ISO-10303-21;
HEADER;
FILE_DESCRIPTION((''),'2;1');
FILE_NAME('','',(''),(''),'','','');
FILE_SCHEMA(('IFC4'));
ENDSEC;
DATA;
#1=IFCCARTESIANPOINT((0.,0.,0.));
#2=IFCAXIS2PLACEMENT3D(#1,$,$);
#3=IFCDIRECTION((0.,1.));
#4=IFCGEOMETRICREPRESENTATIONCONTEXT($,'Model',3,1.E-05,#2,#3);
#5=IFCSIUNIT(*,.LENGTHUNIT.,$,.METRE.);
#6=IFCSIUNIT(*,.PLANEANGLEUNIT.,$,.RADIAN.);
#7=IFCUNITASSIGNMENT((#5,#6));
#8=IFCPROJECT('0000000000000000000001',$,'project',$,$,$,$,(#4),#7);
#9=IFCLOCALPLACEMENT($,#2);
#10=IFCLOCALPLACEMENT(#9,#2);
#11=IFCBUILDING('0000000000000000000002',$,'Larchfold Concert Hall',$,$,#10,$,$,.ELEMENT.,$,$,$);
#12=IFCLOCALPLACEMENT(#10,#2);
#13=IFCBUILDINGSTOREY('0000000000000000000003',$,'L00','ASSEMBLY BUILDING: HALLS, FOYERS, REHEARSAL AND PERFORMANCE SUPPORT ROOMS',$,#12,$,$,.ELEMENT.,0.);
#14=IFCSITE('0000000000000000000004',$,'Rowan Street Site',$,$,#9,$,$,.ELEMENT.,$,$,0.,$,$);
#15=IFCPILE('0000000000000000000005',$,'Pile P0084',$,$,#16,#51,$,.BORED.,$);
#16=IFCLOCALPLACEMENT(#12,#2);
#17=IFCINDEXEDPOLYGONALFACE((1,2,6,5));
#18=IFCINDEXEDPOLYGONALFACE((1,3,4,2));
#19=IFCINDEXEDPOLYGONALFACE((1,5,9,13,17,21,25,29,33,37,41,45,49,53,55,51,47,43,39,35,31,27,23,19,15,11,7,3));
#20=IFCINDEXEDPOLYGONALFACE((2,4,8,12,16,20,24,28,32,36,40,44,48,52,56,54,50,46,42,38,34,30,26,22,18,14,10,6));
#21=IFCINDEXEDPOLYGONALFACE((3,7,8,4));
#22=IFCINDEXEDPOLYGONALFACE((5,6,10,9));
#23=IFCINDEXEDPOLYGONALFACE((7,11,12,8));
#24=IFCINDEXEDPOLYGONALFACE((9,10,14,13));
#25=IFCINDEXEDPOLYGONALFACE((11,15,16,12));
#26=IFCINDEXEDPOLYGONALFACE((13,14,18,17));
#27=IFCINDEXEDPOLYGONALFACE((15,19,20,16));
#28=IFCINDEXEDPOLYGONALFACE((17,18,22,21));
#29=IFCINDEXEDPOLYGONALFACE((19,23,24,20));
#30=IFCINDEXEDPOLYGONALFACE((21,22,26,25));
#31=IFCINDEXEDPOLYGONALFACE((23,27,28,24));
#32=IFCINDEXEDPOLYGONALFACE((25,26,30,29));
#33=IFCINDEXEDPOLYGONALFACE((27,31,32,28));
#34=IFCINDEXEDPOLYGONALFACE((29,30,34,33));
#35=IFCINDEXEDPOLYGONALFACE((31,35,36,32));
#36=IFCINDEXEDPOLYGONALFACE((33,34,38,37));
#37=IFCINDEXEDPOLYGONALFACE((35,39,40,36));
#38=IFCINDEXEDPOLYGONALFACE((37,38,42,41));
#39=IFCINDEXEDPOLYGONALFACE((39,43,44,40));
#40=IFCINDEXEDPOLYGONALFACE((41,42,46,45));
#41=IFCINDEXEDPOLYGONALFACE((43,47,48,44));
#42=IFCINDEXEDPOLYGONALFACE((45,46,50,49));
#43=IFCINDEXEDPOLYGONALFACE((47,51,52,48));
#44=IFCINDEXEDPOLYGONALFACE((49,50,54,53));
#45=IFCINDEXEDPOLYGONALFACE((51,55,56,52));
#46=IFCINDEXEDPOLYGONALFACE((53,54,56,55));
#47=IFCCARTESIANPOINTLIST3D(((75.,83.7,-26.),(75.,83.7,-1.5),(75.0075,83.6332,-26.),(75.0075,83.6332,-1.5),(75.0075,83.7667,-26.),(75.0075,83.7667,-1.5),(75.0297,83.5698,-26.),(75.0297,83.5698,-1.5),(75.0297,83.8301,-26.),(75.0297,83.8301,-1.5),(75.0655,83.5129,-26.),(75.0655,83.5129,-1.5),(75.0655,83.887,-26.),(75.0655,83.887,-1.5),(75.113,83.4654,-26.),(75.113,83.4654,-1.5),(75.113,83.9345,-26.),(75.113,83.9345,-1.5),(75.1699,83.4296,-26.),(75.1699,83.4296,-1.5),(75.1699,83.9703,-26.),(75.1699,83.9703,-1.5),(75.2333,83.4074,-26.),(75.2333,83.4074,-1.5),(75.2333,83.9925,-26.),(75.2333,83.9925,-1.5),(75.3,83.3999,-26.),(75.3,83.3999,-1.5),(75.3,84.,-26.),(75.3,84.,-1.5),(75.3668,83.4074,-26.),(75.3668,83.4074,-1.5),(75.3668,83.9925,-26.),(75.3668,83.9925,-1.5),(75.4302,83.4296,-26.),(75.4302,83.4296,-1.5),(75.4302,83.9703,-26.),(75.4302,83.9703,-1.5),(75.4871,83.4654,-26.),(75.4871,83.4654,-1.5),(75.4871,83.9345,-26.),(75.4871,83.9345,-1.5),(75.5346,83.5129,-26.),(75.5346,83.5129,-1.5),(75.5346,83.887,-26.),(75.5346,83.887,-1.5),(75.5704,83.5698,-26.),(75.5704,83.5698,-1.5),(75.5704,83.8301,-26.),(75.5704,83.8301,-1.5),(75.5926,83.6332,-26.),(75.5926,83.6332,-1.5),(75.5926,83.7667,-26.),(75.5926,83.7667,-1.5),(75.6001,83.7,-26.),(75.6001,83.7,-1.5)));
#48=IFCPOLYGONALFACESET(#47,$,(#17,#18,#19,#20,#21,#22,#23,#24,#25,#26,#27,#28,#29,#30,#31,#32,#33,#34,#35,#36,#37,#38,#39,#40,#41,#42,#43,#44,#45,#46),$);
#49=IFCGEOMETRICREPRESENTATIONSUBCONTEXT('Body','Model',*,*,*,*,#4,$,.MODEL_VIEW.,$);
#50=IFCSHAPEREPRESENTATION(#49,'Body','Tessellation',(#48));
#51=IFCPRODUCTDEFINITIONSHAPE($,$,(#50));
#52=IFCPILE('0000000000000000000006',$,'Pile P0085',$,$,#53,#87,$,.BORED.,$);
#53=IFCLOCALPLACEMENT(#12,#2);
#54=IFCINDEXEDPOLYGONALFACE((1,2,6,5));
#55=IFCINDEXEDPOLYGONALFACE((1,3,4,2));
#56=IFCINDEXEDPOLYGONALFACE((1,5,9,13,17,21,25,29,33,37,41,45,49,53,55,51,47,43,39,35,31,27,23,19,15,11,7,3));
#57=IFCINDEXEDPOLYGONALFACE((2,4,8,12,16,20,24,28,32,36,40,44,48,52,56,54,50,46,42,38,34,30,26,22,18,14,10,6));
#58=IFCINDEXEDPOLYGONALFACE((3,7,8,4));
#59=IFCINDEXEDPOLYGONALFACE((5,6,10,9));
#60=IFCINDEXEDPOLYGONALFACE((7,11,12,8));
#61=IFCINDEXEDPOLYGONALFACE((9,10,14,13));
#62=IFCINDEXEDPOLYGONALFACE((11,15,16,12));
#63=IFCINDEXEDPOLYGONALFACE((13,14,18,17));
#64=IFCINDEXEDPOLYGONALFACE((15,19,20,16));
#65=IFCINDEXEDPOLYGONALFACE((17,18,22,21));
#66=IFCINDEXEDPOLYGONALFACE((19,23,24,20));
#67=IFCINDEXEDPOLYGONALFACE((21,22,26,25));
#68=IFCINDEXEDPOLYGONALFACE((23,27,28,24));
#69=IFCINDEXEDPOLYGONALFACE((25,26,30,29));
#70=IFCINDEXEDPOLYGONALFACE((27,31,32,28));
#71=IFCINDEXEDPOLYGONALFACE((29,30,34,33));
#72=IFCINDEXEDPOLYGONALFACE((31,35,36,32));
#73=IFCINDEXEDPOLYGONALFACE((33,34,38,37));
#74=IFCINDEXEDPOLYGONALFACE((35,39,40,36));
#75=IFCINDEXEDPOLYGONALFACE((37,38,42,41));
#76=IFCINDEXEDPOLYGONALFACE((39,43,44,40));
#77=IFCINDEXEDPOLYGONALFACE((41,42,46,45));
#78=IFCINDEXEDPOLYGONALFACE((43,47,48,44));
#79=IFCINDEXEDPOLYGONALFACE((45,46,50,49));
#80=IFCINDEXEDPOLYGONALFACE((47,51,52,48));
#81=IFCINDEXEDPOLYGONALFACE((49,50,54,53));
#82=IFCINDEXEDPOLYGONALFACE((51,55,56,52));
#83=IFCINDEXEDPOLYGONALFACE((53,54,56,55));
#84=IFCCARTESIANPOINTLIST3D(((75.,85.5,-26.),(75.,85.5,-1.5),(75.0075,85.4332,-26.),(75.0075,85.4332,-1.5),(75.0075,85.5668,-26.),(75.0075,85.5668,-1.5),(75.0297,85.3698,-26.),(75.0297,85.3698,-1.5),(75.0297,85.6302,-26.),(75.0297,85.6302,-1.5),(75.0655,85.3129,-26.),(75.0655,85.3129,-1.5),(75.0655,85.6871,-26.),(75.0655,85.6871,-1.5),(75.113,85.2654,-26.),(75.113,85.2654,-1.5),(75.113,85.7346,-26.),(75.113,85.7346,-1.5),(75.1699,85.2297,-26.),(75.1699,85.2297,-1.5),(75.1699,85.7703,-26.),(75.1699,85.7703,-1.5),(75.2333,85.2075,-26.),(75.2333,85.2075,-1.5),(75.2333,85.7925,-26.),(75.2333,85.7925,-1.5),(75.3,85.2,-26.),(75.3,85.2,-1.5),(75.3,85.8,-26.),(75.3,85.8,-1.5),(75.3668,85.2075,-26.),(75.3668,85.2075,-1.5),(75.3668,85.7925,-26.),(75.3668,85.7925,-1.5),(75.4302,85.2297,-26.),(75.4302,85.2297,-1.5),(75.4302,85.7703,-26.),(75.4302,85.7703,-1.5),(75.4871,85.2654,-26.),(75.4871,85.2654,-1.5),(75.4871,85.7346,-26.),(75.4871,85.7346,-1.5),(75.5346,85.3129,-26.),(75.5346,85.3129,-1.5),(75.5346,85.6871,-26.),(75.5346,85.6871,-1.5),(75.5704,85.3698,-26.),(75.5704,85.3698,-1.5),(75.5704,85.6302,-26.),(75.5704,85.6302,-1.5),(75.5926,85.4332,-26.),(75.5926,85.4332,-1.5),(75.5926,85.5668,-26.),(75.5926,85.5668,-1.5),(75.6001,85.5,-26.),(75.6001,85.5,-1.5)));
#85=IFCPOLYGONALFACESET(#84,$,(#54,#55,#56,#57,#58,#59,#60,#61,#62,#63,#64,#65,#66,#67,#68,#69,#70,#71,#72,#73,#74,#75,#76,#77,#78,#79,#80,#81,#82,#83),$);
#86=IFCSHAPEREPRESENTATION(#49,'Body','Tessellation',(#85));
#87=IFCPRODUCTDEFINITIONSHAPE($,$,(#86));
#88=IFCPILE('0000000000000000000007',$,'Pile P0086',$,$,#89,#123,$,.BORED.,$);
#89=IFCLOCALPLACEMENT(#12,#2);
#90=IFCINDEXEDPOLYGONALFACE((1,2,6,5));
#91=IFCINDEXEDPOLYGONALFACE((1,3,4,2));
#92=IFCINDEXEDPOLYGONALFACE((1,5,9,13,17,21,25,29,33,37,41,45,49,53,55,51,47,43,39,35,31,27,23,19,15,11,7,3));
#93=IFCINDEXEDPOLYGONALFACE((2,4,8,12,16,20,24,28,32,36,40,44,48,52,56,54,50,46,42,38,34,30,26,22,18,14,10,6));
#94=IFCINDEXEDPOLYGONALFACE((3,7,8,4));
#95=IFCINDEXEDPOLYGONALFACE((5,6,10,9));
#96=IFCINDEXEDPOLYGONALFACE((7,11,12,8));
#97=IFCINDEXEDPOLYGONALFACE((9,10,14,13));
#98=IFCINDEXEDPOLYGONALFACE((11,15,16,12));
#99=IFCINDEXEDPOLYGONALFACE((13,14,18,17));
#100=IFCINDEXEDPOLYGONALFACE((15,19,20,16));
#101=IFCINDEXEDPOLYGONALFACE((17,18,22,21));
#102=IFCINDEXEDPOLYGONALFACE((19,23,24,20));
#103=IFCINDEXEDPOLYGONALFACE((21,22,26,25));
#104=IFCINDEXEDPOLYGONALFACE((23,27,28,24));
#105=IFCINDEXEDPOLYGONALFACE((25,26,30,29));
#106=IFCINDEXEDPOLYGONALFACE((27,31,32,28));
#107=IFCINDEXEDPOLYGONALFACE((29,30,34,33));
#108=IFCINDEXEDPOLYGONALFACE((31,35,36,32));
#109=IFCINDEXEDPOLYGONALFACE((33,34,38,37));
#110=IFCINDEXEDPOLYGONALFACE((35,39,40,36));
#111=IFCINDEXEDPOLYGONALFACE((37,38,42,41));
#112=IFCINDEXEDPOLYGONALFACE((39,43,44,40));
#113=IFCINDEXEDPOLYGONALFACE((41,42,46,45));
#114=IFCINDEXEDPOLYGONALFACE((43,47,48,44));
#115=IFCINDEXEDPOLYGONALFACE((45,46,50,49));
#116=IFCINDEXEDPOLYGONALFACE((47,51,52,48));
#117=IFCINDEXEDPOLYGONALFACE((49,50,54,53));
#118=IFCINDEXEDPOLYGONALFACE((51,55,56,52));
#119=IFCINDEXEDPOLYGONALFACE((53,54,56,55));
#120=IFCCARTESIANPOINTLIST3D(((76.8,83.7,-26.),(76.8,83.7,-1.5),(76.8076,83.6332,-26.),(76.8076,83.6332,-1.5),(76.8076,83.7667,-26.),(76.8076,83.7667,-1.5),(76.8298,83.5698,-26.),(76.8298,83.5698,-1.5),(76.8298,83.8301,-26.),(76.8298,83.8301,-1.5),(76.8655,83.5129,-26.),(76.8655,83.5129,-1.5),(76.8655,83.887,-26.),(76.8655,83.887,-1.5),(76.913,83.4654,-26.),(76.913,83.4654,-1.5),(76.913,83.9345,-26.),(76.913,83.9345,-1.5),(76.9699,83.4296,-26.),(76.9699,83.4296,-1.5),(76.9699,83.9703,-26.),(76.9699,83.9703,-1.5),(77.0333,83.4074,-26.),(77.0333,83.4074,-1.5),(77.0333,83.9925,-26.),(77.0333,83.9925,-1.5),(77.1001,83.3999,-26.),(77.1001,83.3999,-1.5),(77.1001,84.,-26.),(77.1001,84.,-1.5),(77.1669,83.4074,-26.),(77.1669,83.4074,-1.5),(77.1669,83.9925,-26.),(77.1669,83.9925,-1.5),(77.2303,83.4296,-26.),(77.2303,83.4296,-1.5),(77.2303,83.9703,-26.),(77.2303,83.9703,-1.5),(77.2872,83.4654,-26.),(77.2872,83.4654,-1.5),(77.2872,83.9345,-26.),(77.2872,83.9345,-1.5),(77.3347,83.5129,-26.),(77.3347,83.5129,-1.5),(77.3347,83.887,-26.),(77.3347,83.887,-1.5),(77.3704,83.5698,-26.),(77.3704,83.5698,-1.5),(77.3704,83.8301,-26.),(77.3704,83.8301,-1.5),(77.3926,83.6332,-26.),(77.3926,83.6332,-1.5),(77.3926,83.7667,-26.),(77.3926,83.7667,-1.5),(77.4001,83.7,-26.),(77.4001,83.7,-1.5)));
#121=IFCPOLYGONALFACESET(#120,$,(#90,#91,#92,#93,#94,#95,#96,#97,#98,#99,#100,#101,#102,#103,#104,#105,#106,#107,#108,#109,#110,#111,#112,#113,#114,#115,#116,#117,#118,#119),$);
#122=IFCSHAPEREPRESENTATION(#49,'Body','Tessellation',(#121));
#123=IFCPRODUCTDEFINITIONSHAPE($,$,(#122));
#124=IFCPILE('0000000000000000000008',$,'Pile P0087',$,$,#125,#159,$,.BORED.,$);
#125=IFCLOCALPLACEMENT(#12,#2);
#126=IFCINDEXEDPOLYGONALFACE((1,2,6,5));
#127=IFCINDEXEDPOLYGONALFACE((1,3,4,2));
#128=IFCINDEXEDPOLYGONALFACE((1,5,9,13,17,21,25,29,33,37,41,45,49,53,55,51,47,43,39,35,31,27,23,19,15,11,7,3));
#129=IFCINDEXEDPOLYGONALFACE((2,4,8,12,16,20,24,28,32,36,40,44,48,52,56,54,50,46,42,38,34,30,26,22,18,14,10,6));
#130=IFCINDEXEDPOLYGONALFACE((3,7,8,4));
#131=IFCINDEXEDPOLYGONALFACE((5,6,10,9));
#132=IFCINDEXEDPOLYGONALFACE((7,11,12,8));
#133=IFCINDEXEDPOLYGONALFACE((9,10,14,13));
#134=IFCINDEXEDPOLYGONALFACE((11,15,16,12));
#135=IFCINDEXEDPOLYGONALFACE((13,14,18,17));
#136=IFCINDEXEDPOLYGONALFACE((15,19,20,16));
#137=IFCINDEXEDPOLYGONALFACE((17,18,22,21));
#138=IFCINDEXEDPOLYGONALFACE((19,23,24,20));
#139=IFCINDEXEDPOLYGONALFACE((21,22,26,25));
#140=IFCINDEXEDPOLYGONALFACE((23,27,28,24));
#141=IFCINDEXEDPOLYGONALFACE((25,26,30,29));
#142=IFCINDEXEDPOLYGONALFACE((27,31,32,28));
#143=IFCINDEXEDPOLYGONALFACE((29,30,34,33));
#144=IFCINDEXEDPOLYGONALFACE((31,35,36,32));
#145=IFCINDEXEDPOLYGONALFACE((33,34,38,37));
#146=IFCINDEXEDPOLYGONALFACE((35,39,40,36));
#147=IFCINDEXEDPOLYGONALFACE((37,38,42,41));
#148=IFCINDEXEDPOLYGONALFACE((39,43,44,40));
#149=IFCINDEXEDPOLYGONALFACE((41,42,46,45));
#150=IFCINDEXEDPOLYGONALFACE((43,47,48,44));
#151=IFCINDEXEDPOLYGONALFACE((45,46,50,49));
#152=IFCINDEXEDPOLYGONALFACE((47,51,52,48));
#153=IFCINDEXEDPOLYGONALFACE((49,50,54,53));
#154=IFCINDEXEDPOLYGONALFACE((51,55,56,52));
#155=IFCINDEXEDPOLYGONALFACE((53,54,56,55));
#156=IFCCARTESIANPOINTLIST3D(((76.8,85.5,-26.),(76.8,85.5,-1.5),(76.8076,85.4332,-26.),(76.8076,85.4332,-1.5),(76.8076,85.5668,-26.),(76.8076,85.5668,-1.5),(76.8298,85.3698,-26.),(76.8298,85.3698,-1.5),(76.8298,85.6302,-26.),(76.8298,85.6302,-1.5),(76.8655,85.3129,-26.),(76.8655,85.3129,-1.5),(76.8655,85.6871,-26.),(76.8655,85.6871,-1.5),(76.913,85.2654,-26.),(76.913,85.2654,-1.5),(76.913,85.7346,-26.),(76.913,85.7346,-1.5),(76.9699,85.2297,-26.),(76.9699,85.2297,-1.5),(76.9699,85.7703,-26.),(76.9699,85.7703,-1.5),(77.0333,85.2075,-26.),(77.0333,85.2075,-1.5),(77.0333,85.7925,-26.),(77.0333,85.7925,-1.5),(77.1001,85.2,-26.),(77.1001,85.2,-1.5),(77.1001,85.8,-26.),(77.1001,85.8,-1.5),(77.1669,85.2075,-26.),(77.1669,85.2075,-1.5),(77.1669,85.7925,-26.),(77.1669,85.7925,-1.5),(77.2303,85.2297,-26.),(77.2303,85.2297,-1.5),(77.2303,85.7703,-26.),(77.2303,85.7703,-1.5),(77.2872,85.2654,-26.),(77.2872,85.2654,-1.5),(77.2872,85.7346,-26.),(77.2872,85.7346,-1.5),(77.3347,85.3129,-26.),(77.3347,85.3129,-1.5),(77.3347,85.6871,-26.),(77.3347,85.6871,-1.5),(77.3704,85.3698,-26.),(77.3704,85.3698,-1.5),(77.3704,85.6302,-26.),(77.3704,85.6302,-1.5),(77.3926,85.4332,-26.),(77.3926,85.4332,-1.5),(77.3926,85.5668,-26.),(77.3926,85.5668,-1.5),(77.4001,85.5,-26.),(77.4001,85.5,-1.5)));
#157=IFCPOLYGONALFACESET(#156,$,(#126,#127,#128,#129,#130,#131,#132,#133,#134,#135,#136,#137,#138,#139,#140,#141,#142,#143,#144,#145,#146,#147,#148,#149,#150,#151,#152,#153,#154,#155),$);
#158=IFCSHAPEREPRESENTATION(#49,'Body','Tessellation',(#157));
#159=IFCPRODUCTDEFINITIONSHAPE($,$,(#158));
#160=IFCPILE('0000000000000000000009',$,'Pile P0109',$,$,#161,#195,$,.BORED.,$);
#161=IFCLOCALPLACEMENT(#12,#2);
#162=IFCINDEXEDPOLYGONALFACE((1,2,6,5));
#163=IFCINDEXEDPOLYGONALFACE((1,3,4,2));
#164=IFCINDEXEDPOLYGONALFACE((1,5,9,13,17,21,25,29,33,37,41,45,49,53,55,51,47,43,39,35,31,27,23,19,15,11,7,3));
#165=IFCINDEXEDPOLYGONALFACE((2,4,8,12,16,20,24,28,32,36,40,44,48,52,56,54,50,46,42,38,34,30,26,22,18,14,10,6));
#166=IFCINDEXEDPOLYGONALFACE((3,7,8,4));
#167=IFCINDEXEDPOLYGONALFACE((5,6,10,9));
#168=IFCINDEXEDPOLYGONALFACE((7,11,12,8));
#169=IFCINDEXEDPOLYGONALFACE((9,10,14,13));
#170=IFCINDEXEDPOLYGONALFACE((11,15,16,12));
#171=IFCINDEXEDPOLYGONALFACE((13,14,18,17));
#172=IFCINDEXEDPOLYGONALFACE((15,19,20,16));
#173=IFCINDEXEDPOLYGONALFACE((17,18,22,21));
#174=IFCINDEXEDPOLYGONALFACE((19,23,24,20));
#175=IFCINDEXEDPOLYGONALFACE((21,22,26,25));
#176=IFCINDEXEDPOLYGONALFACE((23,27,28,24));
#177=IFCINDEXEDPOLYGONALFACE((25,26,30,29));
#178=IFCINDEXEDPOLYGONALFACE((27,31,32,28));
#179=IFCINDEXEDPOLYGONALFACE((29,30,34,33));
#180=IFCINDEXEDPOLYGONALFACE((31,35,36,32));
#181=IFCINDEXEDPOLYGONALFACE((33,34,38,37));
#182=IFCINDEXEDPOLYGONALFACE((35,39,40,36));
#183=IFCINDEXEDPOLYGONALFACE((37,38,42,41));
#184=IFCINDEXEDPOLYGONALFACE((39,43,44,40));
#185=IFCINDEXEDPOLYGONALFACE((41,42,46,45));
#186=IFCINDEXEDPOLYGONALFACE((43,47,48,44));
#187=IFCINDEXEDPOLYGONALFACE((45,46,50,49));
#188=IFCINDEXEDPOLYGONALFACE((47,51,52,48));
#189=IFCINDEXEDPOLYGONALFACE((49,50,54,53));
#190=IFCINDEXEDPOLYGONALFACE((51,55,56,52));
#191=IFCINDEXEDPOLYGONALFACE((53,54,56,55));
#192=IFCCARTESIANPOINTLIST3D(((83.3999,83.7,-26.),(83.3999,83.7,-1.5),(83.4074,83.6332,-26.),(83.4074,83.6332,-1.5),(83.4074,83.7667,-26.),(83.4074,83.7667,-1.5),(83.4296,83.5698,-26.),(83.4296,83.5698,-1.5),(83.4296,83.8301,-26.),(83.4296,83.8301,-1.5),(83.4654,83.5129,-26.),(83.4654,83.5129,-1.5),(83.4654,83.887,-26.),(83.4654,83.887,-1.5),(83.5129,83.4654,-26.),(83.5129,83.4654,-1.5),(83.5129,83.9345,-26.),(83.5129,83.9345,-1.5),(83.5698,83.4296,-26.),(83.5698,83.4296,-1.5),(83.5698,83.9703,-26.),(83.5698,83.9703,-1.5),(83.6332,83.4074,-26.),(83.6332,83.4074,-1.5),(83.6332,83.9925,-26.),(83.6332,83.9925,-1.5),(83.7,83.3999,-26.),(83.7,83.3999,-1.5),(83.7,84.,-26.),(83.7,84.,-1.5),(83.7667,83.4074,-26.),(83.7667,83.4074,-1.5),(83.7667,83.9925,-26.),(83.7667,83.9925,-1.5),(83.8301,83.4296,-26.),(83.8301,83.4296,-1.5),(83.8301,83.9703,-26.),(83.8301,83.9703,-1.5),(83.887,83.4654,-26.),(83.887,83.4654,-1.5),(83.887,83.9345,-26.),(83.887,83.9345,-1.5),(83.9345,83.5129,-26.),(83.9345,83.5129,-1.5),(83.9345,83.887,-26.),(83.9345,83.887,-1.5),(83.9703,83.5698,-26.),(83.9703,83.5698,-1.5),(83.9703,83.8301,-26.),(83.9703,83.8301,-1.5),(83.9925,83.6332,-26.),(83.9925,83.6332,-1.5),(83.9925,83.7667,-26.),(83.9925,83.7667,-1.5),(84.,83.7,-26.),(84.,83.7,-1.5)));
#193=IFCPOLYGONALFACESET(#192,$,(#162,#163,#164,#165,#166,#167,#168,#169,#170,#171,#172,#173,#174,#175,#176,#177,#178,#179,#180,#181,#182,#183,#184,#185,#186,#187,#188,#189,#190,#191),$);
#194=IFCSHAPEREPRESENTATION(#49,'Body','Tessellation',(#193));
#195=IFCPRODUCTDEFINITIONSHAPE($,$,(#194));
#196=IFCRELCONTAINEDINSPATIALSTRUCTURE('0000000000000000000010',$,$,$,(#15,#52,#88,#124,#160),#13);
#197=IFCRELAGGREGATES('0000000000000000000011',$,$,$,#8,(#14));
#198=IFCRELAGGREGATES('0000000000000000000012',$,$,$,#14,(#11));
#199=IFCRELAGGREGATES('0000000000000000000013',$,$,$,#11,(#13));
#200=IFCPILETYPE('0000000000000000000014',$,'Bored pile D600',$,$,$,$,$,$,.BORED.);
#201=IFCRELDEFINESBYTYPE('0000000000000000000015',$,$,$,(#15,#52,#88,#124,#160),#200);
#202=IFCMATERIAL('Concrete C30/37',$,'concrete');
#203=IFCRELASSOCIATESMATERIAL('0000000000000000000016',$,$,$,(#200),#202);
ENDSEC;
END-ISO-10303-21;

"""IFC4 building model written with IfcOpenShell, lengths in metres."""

from ifc_helpers import new_model, si_unit, direction, frame, origin, origin_2d, place, context, subcontext, project, spatial, circle, extrude, material, material_profile, profile_set, type_object, element, save


model = new_model("IFC4")

# Units and contexts
model_context = context("Model", 3, precision=1e-05, world=origin(), true_north=direction((0.0, 1.0)))
body_context = subcontext(model_context, "Body", "Model", "MODEL_VIEW")
ifc_project = project(units=[si_unit("LENGTHUNIT", "METRE"), si_unit("PLANEANGLEUNIT", "RADIAN")], contexts=[model_context])

# Site, building, storey
site_placement = place(None, origin())
site = spatial("IfcSite", under=ifc_project, at=site_placement, Name="Rowan Street Site", CompositionType="ELEMENT", RefElevation=0.0)
building_placement = place(site_placement, origin())
building = spatial("IfcBuilding", under=site, at=building_placement, Name="Larchfold Concert Hall", CompositionType="ELEMENT")
storey_placement = place(building_placement, origin())
storey = spatial("IfcBuildingStorey", under=building, at=storey_placement, Name="L00", Description="ASSEMBLY BUILDING: HALLS, FOYERS, REHEARSAL AND PERFORMANCE SUPPORT ROOMS", CompositionType="ELEMENT", Elevation=0.0)

# Piles
ifc_material_1 = material(Name="Concrete C30/37", Category="concrete")
ifc_material_profile_1 = material_profile(ifc_material_1, circle(Radius=0.3, at=origin_2d()))
ifc_profile_set_1 = profile_set([ifc_material_profile_1], Name="Concrete C30/37")
pile_type = type_object("IfcPileType", Name="Bored pile D600", PredefinedType="BORED", material=ifc_profile_set_1)
for number, where, z_axis, x_axis, name in (
    (1, (75.3, 83.7, -1.5), (0.0, 0.0, -1.0), (1.0, 0.0, 0.0), "Pile P0084"),
    (2, (75.3, 85.5, -1.5), (0.0, 0.0, -1.0), (1.0, 0.0, 0.0), "Pile P0085"),
    (3, (77.1001, 83.7, -1.5), (0.0, 0.0, -1.0), (1.0, 0.0, 0.0), "Pile P0086"),
    (4, (77.1001, 85.5, -1.5), (0.0, 0.0, -1.0), (1.0, 0.0, 0.0), "Pile P0087"),
    (5, (83.7, 83.7, -1.5), (0.0, 0.0, -1.0), (1.0, 0.0, 0.0), "Pile P0109"),
):
    element("IfcPile", number, at=place(storey_placement, frame(where, z_axis=z_axis, x_axis=x_axis)), inside=storey, type_object=pile_type, Name=name, PredefinedType="BORED", context=body_context, shape_type="SweptSolid", body=[
        extrude(circle(Radius=0.3, at=origin_2d()), origin(), (0.0, 0.0, 1.0), 24.5),
    ])

save(model, "model.ifc")
